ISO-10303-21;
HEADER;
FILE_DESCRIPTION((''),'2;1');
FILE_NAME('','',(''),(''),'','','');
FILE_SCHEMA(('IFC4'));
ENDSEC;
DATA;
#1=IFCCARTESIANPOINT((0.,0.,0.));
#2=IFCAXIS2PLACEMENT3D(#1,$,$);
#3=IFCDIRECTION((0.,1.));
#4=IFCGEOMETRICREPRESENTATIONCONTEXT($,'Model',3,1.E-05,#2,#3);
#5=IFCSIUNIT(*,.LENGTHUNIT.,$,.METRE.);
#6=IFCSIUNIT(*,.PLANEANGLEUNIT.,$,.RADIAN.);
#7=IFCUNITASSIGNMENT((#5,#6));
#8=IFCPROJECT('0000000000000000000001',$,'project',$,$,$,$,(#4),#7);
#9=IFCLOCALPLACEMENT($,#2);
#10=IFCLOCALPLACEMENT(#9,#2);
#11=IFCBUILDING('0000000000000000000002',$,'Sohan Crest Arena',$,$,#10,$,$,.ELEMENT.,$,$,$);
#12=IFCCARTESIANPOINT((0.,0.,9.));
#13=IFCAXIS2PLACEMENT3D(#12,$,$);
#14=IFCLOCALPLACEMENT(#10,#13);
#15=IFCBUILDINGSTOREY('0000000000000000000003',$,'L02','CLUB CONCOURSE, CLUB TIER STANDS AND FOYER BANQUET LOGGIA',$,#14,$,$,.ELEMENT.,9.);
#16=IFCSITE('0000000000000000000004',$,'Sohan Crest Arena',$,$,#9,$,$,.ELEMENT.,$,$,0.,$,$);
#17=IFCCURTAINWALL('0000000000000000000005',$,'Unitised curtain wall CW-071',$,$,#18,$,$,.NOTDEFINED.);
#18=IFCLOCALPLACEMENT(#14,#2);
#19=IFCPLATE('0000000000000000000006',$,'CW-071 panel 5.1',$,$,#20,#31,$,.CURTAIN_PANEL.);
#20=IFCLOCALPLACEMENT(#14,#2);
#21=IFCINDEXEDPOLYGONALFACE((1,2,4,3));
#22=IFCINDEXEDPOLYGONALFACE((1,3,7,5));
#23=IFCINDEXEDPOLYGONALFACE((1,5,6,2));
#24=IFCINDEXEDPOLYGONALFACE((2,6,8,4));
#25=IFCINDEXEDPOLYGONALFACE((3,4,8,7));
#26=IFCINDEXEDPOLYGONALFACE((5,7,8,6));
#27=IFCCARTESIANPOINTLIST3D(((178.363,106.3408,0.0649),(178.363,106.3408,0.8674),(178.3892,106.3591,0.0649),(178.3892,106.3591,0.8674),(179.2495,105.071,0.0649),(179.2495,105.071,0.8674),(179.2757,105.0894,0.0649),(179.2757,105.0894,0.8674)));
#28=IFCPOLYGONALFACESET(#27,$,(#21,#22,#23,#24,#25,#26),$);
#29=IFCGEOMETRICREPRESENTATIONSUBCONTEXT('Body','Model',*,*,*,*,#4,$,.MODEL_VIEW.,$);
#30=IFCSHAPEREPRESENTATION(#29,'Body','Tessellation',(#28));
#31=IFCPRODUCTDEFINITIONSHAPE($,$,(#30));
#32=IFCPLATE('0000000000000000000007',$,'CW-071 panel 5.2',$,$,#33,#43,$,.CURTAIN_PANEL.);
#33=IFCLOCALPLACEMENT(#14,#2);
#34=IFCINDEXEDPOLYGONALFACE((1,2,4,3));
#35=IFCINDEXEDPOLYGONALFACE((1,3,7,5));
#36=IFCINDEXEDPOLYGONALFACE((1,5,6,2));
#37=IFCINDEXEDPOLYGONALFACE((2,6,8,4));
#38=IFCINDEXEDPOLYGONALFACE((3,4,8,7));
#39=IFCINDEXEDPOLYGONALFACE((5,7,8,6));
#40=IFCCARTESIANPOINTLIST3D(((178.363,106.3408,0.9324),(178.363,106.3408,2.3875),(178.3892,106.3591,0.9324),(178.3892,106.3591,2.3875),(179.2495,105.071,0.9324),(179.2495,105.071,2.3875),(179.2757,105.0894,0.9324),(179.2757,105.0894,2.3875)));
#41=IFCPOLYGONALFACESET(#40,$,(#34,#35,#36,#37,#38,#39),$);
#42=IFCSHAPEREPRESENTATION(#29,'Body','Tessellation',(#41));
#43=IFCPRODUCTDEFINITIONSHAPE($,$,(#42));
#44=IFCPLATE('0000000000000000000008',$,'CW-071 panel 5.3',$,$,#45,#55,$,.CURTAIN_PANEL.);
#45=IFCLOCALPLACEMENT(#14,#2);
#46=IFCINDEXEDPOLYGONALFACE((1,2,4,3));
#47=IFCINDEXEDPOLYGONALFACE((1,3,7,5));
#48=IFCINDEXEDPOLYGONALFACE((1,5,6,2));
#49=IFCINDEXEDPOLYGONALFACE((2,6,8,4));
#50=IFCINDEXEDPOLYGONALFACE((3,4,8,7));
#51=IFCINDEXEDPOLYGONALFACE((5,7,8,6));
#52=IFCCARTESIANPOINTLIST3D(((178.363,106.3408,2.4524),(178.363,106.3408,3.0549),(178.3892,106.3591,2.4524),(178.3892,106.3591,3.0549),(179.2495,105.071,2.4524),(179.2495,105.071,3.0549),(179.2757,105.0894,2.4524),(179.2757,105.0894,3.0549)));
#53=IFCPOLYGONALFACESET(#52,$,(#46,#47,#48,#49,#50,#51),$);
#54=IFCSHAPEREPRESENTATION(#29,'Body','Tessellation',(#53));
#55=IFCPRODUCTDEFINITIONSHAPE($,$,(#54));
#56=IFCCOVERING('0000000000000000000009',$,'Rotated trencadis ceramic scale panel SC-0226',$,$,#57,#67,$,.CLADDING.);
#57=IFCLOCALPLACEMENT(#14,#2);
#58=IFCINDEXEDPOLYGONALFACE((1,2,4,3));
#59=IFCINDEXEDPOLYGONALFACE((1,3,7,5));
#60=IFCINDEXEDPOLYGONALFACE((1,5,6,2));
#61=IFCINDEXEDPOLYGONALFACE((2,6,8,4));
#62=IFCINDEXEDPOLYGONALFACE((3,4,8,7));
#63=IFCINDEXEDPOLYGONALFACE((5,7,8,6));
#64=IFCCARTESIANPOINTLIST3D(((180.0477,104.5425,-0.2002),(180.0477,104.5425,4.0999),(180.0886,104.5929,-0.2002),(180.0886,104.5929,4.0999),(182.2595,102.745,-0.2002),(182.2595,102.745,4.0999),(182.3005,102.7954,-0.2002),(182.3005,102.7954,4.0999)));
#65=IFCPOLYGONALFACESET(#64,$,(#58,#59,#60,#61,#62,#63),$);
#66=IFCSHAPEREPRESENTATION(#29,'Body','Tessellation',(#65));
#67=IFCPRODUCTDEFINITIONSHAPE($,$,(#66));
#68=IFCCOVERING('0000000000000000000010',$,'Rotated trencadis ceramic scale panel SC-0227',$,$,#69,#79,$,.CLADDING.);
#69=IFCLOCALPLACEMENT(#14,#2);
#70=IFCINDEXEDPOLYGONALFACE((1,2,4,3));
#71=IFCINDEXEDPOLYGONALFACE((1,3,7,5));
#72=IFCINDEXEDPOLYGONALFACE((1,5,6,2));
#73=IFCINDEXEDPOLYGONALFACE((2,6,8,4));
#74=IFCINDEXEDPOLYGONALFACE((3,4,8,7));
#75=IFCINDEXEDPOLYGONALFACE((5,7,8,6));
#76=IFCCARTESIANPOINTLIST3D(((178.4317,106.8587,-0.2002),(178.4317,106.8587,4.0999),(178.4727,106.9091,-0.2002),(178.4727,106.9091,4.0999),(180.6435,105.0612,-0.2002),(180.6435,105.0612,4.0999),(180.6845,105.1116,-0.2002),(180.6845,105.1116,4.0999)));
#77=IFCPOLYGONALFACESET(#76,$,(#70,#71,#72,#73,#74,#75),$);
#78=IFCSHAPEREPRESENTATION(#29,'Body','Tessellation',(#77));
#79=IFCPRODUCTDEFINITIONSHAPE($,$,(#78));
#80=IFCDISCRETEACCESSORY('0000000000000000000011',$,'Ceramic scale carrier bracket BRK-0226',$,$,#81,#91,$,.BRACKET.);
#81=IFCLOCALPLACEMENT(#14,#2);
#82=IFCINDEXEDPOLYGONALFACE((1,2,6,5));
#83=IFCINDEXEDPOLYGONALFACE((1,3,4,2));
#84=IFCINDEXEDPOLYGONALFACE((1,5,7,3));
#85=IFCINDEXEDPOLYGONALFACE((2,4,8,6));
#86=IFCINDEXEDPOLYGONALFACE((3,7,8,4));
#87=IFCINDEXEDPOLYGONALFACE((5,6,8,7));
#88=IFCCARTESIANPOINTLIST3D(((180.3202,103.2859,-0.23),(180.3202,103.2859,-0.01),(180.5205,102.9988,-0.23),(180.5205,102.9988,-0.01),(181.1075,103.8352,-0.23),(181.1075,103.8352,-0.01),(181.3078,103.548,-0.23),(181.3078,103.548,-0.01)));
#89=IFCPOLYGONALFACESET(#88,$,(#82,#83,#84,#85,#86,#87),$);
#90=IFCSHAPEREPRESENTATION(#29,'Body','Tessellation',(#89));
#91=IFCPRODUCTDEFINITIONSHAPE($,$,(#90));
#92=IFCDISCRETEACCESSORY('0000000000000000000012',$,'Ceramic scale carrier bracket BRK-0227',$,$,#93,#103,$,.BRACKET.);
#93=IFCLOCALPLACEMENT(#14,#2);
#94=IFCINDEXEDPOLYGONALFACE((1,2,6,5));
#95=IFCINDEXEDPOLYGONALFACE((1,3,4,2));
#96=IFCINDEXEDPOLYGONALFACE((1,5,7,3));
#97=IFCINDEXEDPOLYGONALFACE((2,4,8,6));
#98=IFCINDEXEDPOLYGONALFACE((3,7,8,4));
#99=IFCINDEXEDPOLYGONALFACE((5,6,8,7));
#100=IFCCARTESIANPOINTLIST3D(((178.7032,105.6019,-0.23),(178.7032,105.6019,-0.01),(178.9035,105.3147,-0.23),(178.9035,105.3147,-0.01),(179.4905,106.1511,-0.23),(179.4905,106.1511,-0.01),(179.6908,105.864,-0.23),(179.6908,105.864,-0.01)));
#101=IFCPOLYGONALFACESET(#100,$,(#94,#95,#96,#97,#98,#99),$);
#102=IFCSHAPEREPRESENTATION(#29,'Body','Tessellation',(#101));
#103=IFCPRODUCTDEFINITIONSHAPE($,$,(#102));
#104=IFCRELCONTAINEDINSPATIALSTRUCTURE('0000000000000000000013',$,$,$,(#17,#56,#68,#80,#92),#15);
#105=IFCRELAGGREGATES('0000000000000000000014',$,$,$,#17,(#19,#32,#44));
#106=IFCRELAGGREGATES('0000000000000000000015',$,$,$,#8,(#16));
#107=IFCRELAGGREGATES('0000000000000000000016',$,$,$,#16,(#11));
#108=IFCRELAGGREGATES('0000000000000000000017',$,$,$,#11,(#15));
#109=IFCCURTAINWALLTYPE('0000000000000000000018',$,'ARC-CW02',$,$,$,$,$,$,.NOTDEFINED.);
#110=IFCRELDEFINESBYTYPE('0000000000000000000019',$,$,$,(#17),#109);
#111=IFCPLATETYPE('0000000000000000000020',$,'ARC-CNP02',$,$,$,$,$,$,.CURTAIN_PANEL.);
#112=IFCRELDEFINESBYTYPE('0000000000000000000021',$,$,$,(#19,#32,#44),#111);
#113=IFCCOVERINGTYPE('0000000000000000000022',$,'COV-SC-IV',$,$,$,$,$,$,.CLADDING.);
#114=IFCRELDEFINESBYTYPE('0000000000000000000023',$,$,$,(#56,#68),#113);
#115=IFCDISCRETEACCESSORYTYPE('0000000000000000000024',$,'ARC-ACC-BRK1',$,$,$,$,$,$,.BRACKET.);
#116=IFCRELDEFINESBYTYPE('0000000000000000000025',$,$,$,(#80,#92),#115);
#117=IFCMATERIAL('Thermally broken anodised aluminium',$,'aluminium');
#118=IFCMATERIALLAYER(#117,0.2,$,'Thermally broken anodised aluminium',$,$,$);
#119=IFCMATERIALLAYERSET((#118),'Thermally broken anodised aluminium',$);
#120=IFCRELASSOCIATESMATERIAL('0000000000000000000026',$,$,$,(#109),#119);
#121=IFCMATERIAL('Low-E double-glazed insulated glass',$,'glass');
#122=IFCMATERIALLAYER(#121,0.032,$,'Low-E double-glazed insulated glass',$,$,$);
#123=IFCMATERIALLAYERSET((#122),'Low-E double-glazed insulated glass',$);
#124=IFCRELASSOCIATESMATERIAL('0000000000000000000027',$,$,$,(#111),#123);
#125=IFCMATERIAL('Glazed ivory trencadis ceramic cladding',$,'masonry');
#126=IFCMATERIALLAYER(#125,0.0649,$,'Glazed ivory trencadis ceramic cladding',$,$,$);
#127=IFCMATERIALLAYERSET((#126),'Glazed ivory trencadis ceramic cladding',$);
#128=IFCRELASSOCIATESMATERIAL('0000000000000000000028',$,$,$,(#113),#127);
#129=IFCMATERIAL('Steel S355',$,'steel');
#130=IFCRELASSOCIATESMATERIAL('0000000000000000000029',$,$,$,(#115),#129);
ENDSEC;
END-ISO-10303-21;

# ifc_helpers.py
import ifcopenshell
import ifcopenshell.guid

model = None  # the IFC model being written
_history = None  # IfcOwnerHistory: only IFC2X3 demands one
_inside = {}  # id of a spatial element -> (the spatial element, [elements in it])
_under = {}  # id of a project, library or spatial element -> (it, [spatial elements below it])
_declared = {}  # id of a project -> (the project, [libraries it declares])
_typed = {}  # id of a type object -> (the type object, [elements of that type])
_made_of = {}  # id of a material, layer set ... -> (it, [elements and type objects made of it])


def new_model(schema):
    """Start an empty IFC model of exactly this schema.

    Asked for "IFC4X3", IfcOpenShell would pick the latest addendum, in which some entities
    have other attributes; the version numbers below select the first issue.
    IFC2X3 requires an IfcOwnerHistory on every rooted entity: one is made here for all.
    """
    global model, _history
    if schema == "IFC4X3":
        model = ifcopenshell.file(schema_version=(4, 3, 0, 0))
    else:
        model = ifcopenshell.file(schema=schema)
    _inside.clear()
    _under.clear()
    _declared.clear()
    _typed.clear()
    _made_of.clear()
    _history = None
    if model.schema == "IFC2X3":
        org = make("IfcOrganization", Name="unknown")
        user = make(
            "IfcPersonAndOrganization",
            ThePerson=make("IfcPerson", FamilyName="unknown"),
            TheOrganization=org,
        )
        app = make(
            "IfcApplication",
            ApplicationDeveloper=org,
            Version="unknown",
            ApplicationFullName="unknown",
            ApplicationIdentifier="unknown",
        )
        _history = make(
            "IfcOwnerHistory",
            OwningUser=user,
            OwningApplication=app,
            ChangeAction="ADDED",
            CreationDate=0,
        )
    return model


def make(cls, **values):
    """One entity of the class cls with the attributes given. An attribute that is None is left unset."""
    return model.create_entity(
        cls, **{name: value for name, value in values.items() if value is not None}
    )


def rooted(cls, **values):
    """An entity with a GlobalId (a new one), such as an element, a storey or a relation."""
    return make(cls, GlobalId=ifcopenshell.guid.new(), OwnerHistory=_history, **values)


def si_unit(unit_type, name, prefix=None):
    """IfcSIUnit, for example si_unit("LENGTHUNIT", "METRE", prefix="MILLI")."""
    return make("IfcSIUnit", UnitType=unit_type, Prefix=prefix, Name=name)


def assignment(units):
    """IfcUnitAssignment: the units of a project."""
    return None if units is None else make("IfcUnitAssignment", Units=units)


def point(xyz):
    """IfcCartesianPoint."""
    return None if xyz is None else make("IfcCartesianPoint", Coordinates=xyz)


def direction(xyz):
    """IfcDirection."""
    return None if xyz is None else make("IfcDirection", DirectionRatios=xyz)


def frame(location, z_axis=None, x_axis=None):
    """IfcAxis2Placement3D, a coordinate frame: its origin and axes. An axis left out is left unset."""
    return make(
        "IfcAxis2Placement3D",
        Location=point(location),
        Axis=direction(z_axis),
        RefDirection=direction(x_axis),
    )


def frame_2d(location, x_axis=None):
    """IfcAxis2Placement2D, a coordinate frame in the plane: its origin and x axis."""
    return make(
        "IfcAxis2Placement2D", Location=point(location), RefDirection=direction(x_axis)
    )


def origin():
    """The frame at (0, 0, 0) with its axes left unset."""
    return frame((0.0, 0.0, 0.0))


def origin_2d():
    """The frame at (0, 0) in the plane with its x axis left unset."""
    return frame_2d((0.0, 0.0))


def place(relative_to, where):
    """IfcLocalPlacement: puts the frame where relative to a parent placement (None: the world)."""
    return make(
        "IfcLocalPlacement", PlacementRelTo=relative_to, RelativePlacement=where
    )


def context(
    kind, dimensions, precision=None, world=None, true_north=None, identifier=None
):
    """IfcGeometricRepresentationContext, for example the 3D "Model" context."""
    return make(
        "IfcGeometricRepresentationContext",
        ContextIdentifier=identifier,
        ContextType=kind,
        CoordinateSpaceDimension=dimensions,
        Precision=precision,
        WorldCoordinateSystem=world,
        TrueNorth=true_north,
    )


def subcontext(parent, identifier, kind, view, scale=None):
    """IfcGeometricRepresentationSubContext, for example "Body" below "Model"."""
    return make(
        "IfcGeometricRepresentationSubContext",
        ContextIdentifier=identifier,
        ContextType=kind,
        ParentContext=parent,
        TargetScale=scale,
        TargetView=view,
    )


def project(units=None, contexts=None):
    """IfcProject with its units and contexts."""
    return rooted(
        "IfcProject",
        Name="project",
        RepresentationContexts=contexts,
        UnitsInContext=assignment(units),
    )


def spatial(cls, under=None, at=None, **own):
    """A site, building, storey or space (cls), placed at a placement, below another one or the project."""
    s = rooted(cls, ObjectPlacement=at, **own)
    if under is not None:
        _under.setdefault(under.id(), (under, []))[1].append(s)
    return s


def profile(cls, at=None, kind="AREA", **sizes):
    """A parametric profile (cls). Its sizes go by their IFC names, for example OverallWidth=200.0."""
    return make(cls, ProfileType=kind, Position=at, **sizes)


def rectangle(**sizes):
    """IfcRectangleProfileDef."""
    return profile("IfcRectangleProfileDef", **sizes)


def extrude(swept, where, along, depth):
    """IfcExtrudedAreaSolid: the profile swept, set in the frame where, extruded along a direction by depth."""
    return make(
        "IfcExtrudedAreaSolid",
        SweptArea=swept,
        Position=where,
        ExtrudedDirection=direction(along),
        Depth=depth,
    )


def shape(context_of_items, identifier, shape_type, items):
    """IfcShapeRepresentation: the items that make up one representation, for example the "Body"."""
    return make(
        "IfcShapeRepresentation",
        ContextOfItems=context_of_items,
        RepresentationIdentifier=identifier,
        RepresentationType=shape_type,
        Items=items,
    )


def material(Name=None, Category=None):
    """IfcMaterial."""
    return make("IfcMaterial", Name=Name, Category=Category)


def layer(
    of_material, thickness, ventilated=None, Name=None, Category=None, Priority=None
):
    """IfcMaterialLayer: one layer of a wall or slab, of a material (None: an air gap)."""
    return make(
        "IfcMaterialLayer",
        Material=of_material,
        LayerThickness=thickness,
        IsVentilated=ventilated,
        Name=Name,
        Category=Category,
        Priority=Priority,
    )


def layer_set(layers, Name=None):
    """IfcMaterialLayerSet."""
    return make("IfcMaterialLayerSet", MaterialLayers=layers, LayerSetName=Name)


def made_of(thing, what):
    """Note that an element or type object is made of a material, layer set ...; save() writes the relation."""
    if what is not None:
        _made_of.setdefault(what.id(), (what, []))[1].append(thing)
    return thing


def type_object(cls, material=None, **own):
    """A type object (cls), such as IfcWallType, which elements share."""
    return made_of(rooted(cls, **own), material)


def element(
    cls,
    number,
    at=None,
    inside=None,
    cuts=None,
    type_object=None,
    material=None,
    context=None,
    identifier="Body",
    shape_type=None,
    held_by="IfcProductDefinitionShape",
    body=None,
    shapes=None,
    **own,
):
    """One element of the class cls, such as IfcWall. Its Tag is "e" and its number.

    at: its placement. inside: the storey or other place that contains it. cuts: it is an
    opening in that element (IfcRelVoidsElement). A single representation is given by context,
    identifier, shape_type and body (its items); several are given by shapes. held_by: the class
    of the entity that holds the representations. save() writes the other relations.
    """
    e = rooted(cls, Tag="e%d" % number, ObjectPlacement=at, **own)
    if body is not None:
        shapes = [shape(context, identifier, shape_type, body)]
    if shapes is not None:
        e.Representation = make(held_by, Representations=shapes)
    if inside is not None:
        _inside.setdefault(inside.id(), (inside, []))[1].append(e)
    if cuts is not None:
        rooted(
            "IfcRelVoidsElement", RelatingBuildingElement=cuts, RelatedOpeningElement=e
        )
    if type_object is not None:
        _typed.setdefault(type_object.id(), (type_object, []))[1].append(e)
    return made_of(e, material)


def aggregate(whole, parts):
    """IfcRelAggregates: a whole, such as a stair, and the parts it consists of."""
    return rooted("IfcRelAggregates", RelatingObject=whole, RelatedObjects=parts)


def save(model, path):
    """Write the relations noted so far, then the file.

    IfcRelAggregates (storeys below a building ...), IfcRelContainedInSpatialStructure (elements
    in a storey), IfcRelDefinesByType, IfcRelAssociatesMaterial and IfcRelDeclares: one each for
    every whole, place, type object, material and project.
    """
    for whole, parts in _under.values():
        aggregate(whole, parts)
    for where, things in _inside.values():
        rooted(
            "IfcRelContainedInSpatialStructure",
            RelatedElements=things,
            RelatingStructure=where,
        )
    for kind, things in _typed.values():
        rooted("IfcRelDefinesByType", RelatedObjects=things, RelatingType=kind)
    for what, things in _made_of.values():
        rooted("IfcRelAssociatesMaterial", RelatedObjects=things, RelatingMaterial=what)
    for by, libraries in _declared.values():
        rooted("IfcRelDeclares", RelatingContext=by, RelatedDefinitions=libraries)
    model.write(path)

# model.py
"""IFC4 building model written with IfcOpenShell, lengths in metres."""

from ifc_helpers import new_model, si_unit, direction, frame, origin, origin_2d, place, context, subcontext, project, spatial, rectangle, extrude, material, layer, layer_set, type_object, element, aggregate, save


model = new_model("IFC4")

# Units and contexts
model_context = context("Model", 3, precision=1e-05, world=origin(), true_north=direction((0.0, 1.0)))
body_context = subcontext(model_context, "Body", "Model", "MODEL_VIEW")
ifc_project = project(units=[si_unit("LENGTHUNIT", "METRE"), si_unit("PLANEANGLEUNIT", "RADIAN")], contexts=[model_context])

# Site, building, storey
site_placement = place(None, origin())
site = spatial("IfcSite", under=ifc_project, at=site_placement, Name="Sohan Crest Arena", CompositionType="ELEMENT", RefElevation=0.0)
building_placement = place(site_placement, origin())
building = spatial("IfcBuilding", under=site, at=building_placement, Name="Sohan Crest Arena", CompositionType="ELEMENT")
storey_placement = place(building_placement, frame((0.0, 0.0, 9.0)))
storey = spatial("IfcBuildingStorey", under=building, at=storey_placement, Name="L02", Description="CLUB CONCOURSE, CLUB TIER STANDS AND FOYER BANQUET LOGGIA", CompositionType="ELEMENT", Elevation=9.0)

# Curtain wall, plates
ifc_material_1 = material(Name="Thermally broken anodised aluminium", Category="aluminium")
ifc_layer_1 = layer(ifc_material_1, 0.2, Name="Thermally broken anodised aluminium")
ifc_layer_set_1 = layer_set([ifc_layer_1], Name="Thermally broken anodised aluminium")
curtain_wall_type = type_object("IfcCurtainWallType", Name="ARC-CW02", PredefinedType="NOTDEFINED", material=ifc_layer_set_1)
curtain_wall_placement = place(storey_placement, origin())
curtain_wall = element("IfcCurtainWall", 1, at=curtain_wall_placement, inside=storey, type_object=curtain_wall_type, Name="Unitised curtain wall CW-071", PredefinedType="NOTDEFINED")
ifc_material_2 = material(Name="Low-E double-glazed insulated glass", Category="glass")
ifc_layer_2 = layer(ifc_material_2, 0.032, Name="Low-E double-glazed insulated glass")
ifc_layer_set_2 = layer_set([ifc_layer_2], Name="Low-E double-glazed insulated glass")
plate_type = type_object("IfcPlateType", Name="ARC-CNP02", PredefinedType="CURTAIN_PANEL", material=ifc_layer_set_2)
plate_1_placement = place(storey_placement, frame((178.8193, 105.7151, 0.0649), z_axis=(0.0, 0.0, 1.0), x_axis=(-0.572428, 0.819955, 0.0)))
plate_1 = element("IfcPlate", 2, at=plate_1_placement, type_object=plate_type, Name="CW-071 panel 5.1", PredefinedType="CURTAIN_PANEL", context=body_context, shape_type="SweptSolid", body=[
    extrude(rectangle(XDim=1.5486, YDim=0.032, at=origin_2d()), origin(), (0.0, 0.0, 1.0), 0.8025),
])
plate_2_placement = place(storey_placement, frame((178.8193, 105.7151, 0.9324), z_axis=(0.0, 0.0, 1.0), x_axis=(-0.572428, 0.819955, 0.0)))
plate_2 = element("IfcPlate", 3, at=plate_2_placement, type_object=plate_type, Name="CW-071 panel 5.2", PredefinedType="CURTAIN_PANEL", context=body_context, shape_type="SweptSolid", body=[
    extrude(rectangle(XDim=1.5486, YDim=0.032, at=origin_2d()), origin(), (0.0, 0.0, 1.0), 1.4551),
])
plate_3_placement = place(storey_placement, frame((178.8193, 105.7151, 2.4524), z_axis=(0.0, 0.0, 1.0), x_axis=(-0.572428, 0.819955, 0.0)))
plate_3 = element("IfcPlate", 4, at=plate_3_placement, type_object=plate_type, Name="CW-071 panel 5.3", PredefinedType="CURTAIN_PANEL", context=body_context, shape_type="SweptSolid", body=[
    extrude(rectangle(XDim=1.5486, YDim=0.032, at=origin_2d()), origin(), (0.0, 0.0, 1.0), 0.6025),
])
aggregate(curtain_wall, [plate_1, plate_2, plate_3])

# Coverings
ifc_material_3 = material(Name="Glazed ivory trencadis ceramic cladding", Category="masonry")
ifc_layer_3 = layer(ifc_material_3, 0.0649, Name="Glazed ivory trencadis ceramic cladding")
ifc_layer_set_3 = layer_set([ifc_layer_3], Name="Glazed ivory trencadis ceramic cladding")
covering_type = type_object("IfcCoveringType", Name="COV-SC-IV", PredefinedType="CLADDING", material=ifc_layer_set_3)
for number, where, z_axis, x_axis, name in (
    (5, (181.1741, 103.6689, -0.2002), (0.0, 0.0, 1.0), (-0.776046, 0.630676, 0.0), "Rotated trencadis ceramic scale panel SC-0226"),
    (6, (179.5581, 105.9851, -0.2002), (0.0, 0.0, 1.0), (-0.776046, 0.630676, 0.0), "Rotated trencadis ceramic scale panel SC-0227"),
):
    element("IfcCovering", number, at=place(storey_placement, frame(where, z_axis=z_axis, x_axis=x_axis)), inside=storey, type_object=covering_type, Name=name, PredefinedType="CLADDING", context=body_context, shape_type="SweptSolid", body=[
        extrude(rectangle(XDim=2.8501, YDim=0.0649, at=origin_2d()), origin(), (0.0, 0.0, 1.0), 4.3),
    ])

# Discrete accessories
ifc_material_4 = material(Name="Steel S355", Category="steel")
discrete_accessory_type = type_object("IfcDiscreteAccessoryType", Name="ARC-ACC-BRK1", PredefinedType="BRACKET", material=ifc_material_4)
for number, where, z_axis, x_axis, name in (
    (7, (180.814, 103.417, -0.23), (0.0, 0.0, 1.0), (-0.572146, 0.820152, 0.0), "Ceramic scale carrier bracket BRK-0226"),
    (8, (179.197, 105.7329, -0.23), (0.0, 0.0, 1.0), (-0.572146, 0.820152, 0.0), "Ceramic scale carrier bracket BRK-0227"),
):
    element("IfcDiscreteAccessory", number, at=place(storey_placement, frame(where, z_axis=z_axis, x_axis=x_axis)), inside=storey, type_object=discrete_accessory_type, Name=name, PredefinedType="BRACKET", context=body_context, shape_type="SweptSolid", body=[
        extrude(rectangle(XDim=0.3501, YDim=0.96, at=origin_2d()), origin(), (0.0, 0.0, 1.0), 0.22),
    ])

save(model, "model.ifc")
